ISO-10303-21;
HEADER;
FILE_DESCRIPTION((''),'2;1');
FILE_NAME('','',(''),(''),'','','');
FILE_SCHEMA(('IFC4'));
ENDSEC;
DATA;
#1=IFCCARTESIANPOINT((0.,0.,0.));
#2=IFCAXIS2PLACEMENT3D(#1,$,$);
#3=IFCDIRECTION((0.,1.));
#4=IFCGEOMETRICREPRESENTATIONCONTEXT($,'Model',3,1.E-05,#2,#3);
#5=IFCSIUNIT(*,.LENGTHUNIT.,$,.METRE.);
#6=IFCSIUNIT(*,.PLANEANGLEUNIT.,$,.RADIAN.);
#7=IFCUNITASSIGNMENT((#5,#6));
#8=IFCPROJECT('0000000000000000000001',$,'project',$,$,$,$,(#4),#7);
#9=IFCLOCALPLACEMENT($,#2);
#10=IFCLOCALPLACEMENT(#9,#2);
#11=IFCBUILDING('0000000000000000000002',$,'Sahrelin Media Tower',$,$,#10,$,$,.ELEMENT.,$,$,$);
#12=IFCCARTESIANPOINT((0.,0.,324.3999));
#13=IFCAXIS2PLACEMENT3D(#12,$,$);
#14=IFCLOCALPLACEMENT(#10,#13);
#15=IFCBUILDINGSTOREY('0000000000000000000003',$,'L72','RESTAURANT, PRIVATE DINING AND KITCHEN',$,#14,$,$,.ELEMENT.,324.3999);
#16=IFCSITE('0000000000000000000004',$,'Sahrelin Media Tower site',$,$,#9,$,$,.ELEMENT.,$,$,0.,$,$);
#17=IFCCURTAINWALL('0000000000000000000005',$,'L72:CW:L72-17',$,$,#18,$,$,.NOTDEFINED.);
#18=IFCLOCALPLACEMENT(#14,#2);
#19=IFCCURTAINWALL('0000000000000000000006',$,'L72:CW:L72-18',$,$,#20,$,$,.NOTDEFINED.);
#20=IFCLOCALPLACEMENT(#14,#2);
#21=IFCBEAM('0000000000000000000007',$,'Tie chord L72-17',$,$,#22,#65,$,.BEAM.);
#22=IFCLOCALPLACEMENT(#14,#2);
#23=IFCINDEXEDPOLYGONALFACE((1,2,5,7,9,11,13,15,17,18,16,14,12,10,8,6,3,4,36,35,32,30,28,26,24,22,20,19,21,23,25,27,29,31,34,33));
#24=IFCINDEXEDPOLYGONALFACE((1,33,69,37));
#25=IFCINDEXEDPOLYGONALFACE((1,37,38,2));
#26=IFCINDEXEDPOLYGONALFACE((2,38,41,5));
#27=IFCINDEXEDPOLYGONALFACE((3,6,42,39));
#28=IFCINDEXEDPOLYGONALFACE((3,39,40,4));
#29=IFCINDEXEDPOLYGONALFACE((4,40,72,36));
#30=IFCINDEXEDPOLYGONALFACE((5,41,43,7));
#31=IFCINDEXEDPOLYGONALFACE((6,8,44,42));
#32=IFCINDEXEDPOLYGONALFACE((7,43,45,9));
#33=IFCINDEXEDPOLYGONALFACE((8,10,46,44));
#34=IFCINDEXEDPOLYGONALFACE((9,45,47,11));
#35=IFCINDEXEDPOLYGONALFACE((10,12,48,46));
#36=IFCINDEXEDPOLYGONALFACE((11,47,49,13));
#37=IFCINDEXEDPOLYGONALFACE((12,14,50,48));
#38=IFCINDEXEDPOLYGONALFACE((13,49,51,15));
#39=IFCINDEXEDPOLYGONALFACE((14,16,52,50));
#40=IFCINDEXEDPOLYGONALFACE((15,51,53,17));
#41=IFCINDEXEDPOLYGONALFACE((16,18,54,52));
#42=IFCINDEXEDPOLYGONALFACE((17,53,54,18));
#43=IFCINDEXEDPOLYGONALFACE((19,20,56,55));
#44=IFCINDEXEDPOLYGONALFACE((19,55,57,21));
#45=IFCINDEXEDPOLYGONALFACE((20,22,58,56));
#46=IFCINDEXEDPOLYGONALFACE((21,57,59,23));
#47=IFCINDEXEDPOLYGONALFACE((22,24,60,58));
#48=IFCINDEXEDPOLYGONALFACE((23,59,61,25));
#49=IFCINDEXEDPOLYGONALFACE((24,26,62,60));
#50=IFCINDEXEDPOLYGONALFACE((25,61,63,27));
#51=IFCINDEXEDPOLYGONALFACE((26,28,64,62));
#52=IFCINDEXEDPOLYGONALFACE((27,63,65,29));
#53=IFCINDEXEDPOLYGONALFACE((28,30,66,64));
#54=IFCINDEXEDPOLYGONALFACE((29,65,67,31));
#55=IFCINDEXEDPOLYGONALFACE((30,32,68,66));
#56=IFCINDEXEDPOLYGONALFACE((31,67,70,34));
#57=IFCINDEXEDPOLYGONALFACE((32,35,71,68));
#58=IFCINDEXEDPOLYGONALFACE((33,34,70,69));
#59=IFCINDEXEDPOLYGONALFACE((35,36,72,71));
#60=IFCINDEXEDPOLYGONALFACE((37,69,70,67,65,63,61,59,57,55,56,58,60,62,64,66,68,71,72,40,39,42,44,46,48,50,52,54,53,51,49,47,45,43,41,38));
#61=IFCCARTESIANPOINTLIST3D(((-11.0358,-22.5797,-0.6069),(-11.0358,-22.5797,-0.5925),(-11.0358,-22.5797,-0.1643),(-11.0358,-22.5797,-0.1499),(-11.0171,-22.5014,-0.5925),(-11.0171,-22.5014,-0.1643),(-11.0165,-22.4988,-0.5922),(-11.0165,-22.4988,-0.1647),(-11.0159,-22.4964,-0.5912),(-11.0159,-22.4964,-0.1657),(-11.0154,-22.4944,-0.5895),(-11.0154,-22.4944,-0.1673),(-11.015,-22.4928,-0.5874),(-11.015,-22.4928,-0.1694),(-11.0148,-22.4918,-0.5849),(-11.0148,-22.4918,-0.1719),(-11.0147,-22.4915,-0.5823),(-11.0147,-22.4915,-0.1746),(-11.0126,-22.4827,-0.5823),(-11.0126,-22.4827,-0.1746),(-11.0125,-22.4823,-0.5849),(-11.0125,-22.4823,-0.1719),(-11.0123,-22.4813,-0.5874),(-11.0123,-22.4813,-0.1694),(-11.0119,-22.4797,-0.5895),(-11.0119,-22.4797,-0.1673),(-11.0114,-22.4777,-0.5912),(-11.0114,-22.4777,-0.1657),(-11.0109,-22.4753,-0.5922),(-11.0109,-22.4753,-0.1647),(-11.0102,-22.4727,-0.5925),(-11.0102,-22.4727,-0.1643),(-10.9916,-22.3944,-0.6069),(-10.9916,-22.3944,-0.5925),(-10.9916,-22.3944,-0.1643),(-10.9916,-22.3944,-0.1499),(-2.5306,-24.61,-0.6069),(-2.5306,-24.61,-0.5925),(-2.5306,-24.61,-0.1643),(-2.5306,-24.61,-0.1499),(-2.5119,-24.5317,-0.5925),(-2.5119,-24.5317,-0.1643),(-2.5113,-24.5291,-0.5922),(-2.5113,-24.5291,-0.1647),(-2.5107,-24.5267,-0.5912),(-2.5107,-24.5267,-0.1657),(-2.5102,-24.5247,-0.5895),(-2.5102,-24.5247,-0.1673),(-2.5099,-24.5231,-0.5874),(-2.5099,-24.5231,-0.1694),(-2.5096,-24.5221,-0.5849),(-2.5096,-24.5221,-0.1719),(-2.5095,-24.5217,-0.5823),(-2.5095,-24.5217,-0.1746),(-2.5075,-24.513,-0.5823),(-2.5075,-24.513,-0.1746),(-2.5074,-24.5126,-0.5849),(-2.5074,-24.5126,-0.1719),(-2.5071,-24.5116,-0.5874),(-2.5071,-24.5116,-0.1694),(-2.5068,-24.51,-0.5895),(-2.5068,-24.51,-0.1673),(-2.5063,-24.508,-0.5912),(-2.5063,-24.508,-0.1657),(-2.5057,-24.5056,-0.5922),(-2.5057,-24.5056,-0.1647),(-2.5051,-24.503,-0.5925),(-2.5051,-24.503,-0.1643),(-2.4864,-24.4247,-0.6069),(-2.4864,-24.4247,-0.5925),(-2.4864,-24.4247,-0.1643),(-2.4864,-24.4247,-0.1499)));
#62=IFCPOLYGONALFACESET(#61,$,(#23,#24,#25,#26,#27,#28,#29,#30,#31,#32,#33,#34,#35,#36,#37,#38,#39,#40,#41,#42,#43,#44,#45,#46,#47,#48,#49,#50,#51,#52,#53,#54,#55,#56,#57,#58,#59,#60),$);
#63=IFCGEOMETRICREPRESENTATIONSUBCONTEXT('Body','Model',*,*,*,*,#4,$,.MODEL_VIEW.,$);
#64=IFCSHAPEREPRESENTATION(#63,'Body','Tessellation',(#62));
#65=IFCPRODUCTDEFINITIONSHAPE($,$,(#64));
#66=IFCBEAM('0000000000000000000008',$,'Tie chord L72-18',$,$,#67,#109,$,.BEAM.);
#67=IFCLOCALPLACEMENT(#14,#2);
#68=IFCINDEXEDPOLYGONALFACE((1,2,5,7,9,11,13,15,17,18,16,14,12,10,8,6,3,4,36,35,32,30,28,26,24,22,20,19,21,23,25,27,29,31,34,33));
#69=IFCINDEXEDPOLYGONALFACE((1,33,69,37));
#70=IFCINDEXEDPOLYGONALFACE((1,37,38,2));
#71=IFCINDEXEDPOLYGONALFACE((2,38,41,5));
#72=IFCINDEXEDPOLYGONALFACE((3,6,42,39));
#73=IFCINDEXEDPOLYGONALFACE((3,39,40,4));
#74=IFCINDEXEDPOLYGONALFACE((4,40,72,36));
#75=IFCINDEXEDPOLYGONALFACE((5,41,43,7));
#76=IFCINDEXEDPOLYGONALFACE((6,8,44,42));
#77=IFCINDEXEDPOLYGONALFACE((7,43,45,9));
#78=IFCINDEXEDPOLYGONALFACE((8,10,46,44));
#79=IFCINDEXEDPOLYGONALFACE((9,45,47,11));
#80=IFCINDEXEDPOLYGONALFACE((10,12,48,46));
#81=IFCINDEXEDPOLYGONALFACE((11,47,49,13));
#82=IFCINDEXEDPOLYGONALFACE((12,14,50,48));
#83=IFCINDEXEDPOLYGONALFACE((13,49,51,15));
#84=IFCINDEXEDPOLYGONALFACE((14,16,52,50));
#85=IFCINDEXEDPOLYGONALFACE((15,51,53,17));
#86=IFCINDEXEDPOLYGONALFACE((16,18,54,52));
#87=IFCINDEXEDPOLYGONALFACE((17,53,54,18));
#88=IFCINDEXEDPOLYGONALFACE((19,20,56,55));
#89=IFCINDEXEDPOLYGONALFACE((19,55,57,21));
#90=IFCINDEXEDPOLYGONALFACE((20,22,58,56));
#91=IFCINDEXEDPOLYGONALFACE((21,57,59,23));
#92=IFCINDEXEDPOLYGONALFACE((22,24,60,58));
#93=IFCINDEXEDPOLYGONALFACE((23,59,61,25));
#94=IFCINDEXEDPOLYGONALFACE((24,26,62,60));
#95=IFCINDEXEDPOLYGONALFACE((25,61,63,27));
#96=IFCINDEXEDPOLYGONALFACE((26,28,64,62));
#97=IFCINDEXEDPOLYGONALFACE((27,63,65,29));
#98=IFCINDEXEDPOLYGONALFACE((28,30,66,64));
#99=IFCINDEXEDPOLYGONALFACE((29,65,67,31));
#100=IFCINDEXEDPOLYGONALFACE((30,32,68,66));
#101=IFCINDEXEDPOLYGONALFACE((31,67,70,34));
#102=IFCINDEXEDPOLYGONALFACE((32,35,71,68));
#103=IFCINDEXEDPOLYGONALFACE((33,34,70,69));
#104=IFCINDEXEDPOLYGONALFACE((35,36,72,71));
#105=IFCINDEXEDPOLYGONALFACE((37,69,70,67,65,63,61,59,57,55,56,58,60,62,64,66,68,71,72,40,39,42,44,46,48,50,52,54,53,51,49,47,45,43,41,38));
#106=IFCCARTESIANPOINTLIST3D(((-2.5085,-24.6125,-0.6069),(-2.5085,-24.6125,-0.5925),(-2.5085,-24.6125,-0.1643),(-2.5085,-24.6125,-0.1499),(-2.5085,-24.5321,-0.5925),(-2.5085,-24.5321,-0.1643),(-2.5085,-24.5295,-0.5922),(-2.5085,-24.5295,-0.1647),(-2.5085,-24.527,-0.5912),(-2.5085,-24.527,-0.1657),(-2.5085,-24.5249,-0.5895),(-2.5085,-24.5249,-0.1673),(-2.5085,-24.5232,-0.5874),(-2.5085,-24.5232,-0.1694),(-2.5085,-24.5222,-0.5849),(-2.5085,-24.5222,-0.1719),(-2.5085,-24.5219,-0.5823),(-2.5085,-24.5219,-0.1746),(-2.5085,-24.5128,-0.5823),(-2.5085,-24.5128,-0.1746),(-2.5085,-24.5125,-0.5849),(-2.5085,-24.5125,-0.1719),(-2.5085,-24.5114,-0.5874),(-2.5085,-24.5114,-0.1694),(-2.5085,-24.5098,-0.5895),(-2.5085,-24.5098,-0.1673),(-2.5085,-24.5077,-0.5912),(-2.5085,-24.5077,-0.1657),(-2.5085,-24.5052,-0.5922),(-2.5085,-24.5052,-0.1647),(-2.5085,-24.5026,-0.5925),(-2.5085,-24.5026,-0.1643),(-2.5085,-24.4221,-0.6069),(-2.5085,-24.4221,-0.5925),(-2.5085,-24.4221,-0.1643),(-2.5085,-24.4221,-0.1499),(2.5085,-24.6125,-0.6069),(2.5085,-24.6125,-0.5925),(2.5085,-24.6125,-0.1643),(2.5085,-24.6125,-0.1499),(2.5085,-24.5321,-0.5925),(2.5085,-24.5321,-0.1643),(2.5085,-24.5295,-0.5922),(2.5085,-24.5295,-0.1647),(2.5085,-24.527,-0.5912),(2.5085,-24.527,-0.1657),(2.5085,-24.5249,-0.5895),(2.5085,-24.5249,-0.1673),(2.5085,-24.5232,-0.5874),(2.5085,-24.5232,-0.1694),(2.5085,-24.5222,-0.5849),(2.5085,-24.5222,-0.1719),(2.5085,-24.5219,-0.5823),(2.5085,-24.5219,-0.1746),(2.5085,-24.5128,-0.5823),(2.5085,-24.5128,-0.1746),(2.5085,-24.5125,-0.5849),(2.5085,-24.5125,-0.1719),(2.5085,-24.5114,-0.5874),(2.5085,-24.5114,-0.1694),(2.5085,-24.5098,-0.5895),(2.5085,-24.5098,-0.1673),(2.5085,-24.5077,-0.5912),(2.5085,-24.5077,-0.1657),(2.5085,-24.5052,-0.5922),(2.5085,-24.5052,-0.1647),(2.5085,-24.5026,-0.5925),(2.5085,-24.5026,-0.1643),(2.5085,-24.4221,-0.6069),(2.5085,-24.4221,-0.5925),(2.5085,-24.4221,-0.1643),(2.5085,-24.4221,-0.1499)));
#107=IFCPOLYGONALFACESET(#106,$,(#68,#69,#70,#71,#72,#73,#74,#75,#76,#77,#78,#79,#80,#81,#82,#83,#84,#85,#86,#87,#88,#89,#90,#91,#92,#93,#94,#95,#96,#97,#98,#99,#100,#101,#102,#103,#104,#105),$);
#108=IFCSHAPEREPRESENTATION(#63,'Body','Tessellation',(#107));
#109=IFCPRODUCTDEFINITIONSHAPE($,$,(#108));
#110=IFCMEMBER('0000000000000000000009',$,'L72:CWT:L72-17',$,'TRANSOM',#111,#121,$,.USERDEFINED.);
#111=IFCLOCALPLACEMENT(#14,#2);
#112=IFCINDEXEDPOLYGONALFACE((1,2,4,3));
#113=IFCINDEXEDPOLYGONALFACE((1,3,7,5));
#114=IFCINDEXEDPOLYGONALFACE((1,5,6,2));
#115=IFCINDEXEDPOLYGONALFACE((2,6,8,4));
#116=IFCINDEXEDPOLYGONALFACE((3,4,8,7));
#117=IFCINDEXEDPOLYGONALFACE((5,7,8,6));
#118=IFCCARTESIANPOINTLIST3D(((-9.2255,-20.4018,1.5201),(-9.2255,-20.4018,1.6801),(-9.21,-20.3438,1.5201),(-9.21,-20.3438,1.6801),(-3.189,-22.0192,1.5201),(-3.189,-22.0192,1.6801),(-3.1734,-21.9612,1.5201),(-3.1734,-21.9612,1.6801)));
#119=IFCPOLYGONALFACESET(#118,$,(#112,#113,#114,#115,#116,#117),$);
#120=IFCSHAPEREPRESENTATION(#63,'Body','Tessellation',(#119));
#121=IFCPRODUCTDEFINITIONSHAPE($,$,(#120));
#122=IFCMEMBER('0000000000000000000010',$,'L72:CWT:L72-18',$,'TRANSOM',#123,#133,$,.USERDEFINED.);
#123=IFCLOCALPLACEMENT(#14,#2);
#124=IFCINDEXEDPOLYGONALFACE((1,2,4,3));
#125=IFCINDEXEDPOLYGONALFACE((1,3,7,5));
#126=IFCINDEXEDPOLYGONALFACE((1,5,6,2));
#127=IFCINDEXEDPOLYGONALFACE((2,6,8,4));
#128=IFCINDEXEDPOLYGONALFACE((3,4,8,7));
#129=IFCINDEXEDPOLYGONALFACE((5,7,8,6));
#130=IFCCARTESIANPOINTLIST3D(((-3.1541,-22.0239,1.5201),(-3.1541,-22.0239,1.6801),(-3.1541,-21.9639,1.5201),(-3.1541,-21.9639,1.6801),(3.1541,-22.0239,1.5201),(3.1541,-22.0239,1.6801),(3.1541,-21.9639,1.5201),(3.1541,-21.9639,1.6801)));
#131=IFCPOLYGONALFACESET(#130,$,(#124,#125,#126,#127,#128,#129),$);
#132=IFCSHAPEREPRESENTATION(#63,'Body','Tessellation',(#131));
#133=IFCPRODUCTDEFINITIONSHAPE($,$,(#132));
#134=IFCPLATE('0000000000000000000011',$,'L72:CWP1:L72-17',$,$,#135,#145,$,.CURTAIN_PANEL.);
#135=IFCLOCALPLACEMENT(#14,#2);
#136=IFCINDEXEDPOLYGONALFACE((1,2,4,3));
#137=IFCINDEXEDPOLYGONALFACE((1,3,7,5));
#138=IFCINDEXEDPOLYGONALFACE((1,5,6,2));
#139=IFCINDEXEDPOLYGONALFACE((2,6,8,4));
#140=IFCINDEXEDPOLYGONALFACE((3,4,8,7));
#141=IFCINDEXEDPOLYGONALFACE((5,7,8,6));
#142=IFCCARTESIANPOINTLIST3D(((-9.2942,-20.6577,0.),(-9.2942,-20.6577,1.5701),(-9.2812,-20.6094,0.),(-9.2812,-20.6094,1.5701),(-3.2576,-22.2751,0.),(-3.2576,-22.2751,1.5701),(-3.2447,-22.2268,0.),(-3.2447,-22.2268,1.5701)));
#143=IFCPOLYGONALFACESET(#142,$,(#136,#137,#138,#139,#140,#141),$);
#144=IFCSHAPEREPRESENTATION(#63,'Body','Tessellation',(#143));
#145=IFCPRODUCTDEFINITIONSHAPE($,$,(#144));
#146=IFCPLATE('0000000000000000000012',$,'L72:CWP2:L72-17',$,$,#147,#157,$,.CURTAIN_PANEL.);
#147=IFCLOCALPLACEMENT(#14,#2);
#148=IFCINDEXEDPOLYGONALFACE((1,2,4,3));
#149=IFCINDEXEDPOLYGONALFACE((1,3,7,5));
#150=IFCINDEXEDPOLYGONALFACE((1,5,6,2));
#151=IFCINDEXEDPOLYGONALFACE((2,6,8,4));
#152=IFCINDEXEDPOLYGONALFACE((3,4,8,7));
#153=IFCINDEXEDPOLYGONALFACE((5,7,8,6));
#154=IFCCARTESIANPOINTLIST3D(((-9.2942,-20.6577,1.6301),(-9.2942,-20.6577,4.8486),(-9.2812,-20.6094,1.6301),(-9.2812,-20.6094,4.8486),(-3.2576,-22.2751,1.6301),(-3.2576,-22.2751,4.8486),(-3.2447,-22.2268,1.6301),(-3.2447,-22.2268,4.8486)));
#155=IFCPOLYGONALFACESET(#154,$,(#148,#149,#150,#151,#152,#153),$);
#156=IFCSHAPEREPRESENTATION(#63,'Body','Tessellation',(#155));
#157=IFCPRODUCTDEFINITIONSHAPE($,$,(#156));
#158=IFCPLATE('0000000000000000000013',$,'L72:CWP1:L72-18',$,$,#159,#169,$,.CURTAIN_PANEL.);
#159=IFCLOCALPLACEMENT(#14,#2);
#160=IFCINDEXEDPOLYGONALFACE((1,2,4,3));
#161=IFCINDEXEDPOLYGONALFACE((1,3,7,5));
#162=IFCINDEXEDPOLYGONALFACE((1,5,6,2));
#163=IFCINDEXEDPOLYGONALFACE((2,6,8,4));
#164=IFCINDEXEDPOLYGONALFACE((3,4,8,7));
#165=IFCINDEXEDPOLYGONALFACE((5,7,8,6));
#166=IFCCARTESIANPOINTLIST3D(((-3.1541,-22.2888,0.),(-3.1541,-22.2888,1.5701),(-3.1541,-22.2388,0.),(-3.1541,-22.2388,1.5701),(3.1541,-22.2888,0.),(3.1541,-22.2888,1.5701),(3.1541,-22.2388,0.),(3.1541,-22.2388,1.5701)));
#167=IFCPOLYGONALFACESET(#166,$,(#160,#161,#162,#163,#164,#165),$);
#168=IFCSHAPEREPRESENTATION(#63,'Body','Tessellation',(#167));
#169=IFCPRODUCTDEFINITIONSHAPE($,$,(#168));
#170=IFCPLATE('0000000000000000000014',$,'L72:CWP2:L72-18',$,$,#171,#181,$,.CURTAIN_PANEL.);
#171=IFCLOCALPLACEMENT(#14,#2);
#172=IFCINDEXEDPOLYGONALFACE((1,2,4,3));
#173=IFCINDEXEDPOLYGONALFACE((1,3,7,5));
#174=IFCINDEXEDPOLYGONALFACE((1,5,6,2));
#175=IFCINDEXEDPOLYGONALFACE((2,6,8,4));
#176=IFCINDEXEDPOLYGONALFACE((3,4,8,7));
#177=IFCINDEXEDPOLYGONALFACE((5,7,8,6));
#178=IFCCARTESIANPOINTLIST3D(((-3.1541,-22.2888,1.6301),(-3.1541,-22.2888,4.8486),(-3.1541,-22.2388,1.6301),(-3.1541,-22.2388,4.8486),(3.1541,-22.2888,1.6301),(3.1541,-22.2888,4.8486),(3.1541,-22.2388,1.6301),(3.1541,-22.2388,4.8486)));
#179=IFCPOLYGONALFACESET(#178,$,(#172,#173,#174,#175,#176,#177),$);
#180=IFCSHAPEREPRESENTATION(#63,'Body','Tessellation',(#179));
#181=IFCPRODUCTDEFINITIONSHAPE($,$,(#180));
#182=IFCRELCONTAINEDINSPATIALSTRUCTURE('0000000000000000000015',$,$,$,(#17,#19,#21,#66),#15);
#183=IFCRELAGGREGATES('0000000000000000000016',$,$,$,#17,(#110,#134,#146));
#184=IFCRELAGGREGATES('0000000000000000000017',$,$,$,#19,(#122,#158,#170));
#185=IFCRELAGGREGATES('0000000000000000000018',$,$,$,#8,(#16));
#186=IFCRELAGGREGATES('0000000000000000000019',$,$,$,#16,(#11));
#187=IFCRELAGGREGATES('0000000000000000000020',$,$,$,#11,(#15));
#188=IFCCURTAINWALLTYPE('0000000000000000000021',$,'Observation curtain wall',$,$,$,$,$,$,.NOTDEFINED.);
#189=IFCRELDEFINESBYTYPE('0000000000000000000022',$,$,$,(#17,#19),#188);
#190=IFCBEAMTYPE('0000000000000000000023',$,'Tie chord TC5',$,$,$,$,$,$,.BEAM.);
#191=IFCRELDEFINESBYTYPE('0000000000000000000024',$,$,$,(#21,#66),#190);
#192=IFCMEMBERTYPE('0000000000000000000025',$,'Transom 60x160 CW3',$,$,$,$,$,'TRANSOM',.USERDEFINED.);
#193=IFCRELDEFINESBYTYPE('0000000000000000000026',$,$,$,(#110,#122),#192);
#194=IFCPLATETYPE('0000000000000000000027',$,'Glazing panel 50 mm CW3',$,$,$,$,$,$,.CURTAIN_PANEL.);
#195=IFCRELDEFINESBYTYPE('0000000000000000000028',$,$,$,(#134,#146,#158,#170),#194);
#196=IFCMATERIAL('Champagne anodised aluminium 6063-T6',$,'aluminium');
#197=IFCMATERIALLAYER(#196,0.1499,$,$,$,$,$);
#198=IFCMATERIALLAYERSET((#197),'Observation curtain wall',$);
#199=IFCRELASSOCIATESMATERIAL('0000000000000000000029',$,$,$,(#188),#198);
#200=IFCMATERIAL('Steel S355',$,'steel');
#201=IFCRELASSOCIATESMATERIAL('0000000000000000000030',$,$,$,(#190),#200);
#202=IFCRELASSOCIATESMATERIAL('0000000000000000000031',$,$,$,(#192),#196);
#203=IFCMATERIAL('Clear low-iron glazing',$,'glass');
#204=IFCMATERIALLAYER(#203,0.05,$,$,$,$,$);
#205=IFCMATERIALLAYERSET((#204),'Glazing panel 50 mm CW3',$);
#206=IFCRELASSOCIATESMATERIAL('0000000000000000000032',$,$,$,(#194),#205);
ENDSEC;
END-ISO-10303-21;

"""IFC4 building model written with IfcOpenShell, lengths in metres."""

from ifc_helpers import new_model, si_unit, direction, frame, origin, origin_2d, place, context, subcontext, project, spatial, polyline, rectangle, i_section, outline, extrude, material, layer, layer_set, material_profile, profile_set, type_object, element, aggregate, save


model = new_model("IFC4")

# Units and contexts
model_context = context("Model", 3, precision=1e-05, world=origin(), true_north=direction((0.0, 1.0)))
body_context = subcontext(model_context, "Body", "Model", "MODEL_VIEW")
ifc_project = project(units=[si_unit("LENGTHUNIT", "METRE"), si_unit("PLANEANGLEUNIT", "RADIAN")], contexts=[model_context])

# Site, building, storey
site_placement = place(None, origin())
site = spatial("IfcSite", under=ifc_project, at=site_placement, Name="Sahrelin Media Tower site", CompositionType="ELEMENT", RefElevation=0.0)
building_placement = place(site_placement, origin())
building = spatial("IfcBuilding", under=site, at=building_placement, Name="Sahrelin Media Tower", CompositionType="ELEMENT")
storey_placement = place(building_placement, frame((0.0, 0.0, 324.3999)))
storey = spatial("IfcBuildingStorey", under=building, at=storey_placement, Name="L72", Description="RESTAURANT, PRIVATE DINING AND KITCHEN", CompositionType="ELEMENT", Elevation=324.3999)

# Shared definitions
ifc_material_1 = material(Name="Steel S355", Category="steel")

# Curtain walls
ifc_material_2 = material(Name="Champagne anodised aluminium 6063-T6", Category="aluminium")
ifc_layer_1 = layer(ifc_material_2, 0.1499)
ifc_layer_set_1 = layer_set([ifc_layer_1], Name="Observation curtain wall")
curtain_wall_type = type_object("IfcCurtainWallType", Name="Observation curtain wall", PredefinedType="NOTDEFINED", material=ifc_layer_set_1)
curtain_wall_1_placement = place(storey_placement, frame((-6.2708, -21.447, 0.0), z_axis=(0.0, 0.0, 1.0), x_axis=(1.0, 0.0, 0.0)))
curtain_wall_1 = element("IfcCurtainWall", 1, at=curtain_wall_1_placement, inside=storey, type_object=curtain_wall_type, Name="L72:CW:L72-17", PredefinedType="NOTDEFINED")
curtain_wall_2_placement = place(storey_placement, frame((0.0, -22.2688, 0.0), z_axis=(0.0, 0.0, 1.0), x_axis=(1.0, 0.0, 0.0)))
curtain_wall_2 = element("IfcCurtainWall", 2, at=curtain_wall_2_placement, inside=storey, type_object=curtain_wall_type, Name="L72:CW:L72-18", PredefinedType="NOTDEFINED")

# Beams
ifc_material_profile_1 = material_profile(ifc_material_1, i_section(OverallWidth=0.1904, OverallDepth=0.457, WebThickness=0.009, FlangeThickness=0.0144, FilletRadius=0.0103, at=origin_2d()), Name="UB 457x191x74")
ifc_profile_set_1 = profile_set([ifc_material_profile_1], Name="Steel S355")
beam_type_1 = type_object("IfcBeamType", Name="Tie chord TC5", PredefinedType="BEAM", material=ifc_profile_set_1)
beam_1_placement = place(storey_placement, frame((-11.0137, -22.4871, -0.3784), z_axis=(0.972671, -0.232188, 0.0), x_axis=(0.232188, 0.972671, 0.0)))
element("IfcBeam", 3, at=beam_1_placement, inside=storey, type_object=beam_type_1, Name="Tie chord L72-17", PredefinedType="BEAM", context=body_context, shape_type="SweptSolid", body=[
    extrude(i_section(OverallWidth=0.1904, OverallDepth=0.457, WebThickness=0.009, FlangeThickness=0.0144, FilletRadius=0.0103, at=origin_2d()), origin(), (0.0, 0.0, 1.0), 8.7441),
])
beam_2_placement = place(storey_placement, frame((-2.5085, -24.5173, -0.3784), z_axis=(1.0, 0.0, 0.0), x_axis=(0.0, 1.0, 0.0)))
element("IfcBeam", 4, at=beam_2_placement, inside=storey, type_object=beam_type_1, Name="Tie chord L72-18", PredefinedType="BEAM", context=body_context, shape_type="SweptSolid", body=[
    extrude(i_section(OverallWidth=0.1904, OverallDepth=0.457, WebThickness=0.009, FlangeThickness=0.0144, FilletRadius=0.0103, at=origin_2d()), origin(), (0.0, 0.0, 1.0), 5.0171),
])

# Members
ifc_material_profile_2 = material_profile(ifc_material_2, rectangle(XDim=0.0601, YDim=0.1599, at=origin_2d()), Name="Transom 60x160")
ifc_profile_set_2 = profile_set([ifc_material_profile_2], Name="Champagne anodised aluminium 6063-T6")
member_type_1 = type_object("IfcMemberType", Name="Transom 60x160 CW3", ElementType="TRANSOM", PredefinedType="USERDEFINED", material=ifc_profile_set_2)
member_1_placement = place(storey_placement, frame((-9.2178, -20.3728, 1.6001), z_axis=(0.965929, -0.258808, 0.0), x_axis=(0.258808, 0.965929, 0.0)))
member_1 = element("IfcMember", 5, at=member_1_placement, type_object=member_type_1, Name="L72:CWT:L72-17", ObjectType="TRANSOM", PredefinedType="USERDEFINED", context=body_context, shape_type="SweptSolid", body=[
    extrude(rectangle(XDim=0.0601, YDim=0.1599, at=origin_2d()), origin(), (0.0, 0.0, 1.0), 6.2495),
])
member_2_placement = place(storey_placement, frame((-3.1541, -21.9939, 1.6001), z_axis=(1.0, 0.0, 0.0), x_axis=(0.0, 1.0, 0.0)))
member_2 = element("IfcMember", 6, at=member_2_placement, type_object=member_type_1, Name="L72:CWT:L72-18", ObjectType="TRANSOM", PredefinedType="USERDEFINED", context=body_context, shape_type="SweptSolid", body=[
    extrude(rectangle(XDim=0.0601, YDim=0.1599, at=origin_2d()), origin(), (0.0, 0.0, 1.0), 6.3081),
])

# Plates
ifc_material_3 = material(Name="Clear low-iron glazing", Category="glass")
ifc_layer_2 = layer(ifc_material_3, 0.05)
ifc_layer_set_2 = layer_set([ifc_layer_2], Name="Glazing panel 50 mm CW3")
plate_type = type_object("IfcPlateType", Name="Glazing panel 50 mm CW3", PredefinedType="CURTAIN_PANEL", material=ifc_layer_set_2)
plate_1_placement = place(storey_placement, frame((-9.2942, -20.6577, 0.0), z_axis=(-0.258808, -0.965929, 0.0), x_axis=(0.965929, -0.258808, 0.0)))
plate_1 = element("IfcPlate", 7, at=plate_1_placement, type_object=plate_type, Name="L72:CWP1:L72-17", PredefinedType="CURTAIN_PANEL", context=body_context, shape_type="SweptSolid", body=[
    extrude(outline(polyline([(0.0, 0.0), (6.2495, 0.0), (6.2495, 1.5701), (0.0, 1.5701), (0.0, 0.0)])), origin(), (0.0, 0.0, -1.0), 0.05),
])
plate_2_placement = place(storey_placement, frame((-9.2942, -20.6577, 1.6301), z_axis=(-0.258808, -0.965929, 0.0), x_axis=(0.965929, -0.258808, 0.0)))
plate_2 = element("IfcPlate", 8, at=plate_2_placement, type_object=plate_type, Name="L72:CWP2:L72-17", PredefinedType="CURTAIN_PANEL", context=body_context, shape_type="SweptSolid", body=[
    extrude(outline(polyline([(0.0, 0.0), (6.2495, 0.0), (6.2495, 3.2185), (0.0, 3.2185), (0.0, 0.0)])), origin(), (0.0, 0.0, -1.0), 0.05),
])
aggregate(curtain_wall_1, [member_1, plate_1, plate_2])
plate_3_placement = place(storey_placement, frame((-3.1541, -22.2888, 0.0), z_axis=(0.0, -1.0, 0.0), x_axis=(1.0, 0.0, 0.0)))
plate_3 = element("IfcPlate", 9, at=plate_3_placement, type_object=plate_type, Name="L72:CWP1:L72-18", PredefinedType="CURTAIN_PANEL", context=body_context, shape_type="SweptSolid", body=[
    extrude(outline(polyline([(0.0, 0.0), (6.3081, 0.0), (6.3081, 1.5701), (0.0, 1.5701), (0.0, 0.0)])), origin(), (0.0, 0.0, -1.0), 0.05),
])
plate_4_placement = place(storey_placement, frame((-3.1541, -22.2888, 1.6301), z_axis=(0.0, -1.0, 0.0), x_axis=(1.0, 0.0, 0.0)))
plate_4 = element("IfcPlate", 10, at=plate_4_placement, type_object=plate_type, Name="L72:CWP2:L72-18", PredefinedType="CURTAIN_PANEL", context=body_context, shape_type="SweptSolid", body=[
    extrude(outline(polyline([(0.0, 0.0), (6.3081, 0.0), (6.3081, 3.2185), (0.0, 3.2185), (0.0, 0.0)])), origin(), (0.0, 0.0, -1.0), 0.05),
])
aggregate(curtain_wall_2, [member_2, plate_3, plate_4])

save(model, "model.ifc")
